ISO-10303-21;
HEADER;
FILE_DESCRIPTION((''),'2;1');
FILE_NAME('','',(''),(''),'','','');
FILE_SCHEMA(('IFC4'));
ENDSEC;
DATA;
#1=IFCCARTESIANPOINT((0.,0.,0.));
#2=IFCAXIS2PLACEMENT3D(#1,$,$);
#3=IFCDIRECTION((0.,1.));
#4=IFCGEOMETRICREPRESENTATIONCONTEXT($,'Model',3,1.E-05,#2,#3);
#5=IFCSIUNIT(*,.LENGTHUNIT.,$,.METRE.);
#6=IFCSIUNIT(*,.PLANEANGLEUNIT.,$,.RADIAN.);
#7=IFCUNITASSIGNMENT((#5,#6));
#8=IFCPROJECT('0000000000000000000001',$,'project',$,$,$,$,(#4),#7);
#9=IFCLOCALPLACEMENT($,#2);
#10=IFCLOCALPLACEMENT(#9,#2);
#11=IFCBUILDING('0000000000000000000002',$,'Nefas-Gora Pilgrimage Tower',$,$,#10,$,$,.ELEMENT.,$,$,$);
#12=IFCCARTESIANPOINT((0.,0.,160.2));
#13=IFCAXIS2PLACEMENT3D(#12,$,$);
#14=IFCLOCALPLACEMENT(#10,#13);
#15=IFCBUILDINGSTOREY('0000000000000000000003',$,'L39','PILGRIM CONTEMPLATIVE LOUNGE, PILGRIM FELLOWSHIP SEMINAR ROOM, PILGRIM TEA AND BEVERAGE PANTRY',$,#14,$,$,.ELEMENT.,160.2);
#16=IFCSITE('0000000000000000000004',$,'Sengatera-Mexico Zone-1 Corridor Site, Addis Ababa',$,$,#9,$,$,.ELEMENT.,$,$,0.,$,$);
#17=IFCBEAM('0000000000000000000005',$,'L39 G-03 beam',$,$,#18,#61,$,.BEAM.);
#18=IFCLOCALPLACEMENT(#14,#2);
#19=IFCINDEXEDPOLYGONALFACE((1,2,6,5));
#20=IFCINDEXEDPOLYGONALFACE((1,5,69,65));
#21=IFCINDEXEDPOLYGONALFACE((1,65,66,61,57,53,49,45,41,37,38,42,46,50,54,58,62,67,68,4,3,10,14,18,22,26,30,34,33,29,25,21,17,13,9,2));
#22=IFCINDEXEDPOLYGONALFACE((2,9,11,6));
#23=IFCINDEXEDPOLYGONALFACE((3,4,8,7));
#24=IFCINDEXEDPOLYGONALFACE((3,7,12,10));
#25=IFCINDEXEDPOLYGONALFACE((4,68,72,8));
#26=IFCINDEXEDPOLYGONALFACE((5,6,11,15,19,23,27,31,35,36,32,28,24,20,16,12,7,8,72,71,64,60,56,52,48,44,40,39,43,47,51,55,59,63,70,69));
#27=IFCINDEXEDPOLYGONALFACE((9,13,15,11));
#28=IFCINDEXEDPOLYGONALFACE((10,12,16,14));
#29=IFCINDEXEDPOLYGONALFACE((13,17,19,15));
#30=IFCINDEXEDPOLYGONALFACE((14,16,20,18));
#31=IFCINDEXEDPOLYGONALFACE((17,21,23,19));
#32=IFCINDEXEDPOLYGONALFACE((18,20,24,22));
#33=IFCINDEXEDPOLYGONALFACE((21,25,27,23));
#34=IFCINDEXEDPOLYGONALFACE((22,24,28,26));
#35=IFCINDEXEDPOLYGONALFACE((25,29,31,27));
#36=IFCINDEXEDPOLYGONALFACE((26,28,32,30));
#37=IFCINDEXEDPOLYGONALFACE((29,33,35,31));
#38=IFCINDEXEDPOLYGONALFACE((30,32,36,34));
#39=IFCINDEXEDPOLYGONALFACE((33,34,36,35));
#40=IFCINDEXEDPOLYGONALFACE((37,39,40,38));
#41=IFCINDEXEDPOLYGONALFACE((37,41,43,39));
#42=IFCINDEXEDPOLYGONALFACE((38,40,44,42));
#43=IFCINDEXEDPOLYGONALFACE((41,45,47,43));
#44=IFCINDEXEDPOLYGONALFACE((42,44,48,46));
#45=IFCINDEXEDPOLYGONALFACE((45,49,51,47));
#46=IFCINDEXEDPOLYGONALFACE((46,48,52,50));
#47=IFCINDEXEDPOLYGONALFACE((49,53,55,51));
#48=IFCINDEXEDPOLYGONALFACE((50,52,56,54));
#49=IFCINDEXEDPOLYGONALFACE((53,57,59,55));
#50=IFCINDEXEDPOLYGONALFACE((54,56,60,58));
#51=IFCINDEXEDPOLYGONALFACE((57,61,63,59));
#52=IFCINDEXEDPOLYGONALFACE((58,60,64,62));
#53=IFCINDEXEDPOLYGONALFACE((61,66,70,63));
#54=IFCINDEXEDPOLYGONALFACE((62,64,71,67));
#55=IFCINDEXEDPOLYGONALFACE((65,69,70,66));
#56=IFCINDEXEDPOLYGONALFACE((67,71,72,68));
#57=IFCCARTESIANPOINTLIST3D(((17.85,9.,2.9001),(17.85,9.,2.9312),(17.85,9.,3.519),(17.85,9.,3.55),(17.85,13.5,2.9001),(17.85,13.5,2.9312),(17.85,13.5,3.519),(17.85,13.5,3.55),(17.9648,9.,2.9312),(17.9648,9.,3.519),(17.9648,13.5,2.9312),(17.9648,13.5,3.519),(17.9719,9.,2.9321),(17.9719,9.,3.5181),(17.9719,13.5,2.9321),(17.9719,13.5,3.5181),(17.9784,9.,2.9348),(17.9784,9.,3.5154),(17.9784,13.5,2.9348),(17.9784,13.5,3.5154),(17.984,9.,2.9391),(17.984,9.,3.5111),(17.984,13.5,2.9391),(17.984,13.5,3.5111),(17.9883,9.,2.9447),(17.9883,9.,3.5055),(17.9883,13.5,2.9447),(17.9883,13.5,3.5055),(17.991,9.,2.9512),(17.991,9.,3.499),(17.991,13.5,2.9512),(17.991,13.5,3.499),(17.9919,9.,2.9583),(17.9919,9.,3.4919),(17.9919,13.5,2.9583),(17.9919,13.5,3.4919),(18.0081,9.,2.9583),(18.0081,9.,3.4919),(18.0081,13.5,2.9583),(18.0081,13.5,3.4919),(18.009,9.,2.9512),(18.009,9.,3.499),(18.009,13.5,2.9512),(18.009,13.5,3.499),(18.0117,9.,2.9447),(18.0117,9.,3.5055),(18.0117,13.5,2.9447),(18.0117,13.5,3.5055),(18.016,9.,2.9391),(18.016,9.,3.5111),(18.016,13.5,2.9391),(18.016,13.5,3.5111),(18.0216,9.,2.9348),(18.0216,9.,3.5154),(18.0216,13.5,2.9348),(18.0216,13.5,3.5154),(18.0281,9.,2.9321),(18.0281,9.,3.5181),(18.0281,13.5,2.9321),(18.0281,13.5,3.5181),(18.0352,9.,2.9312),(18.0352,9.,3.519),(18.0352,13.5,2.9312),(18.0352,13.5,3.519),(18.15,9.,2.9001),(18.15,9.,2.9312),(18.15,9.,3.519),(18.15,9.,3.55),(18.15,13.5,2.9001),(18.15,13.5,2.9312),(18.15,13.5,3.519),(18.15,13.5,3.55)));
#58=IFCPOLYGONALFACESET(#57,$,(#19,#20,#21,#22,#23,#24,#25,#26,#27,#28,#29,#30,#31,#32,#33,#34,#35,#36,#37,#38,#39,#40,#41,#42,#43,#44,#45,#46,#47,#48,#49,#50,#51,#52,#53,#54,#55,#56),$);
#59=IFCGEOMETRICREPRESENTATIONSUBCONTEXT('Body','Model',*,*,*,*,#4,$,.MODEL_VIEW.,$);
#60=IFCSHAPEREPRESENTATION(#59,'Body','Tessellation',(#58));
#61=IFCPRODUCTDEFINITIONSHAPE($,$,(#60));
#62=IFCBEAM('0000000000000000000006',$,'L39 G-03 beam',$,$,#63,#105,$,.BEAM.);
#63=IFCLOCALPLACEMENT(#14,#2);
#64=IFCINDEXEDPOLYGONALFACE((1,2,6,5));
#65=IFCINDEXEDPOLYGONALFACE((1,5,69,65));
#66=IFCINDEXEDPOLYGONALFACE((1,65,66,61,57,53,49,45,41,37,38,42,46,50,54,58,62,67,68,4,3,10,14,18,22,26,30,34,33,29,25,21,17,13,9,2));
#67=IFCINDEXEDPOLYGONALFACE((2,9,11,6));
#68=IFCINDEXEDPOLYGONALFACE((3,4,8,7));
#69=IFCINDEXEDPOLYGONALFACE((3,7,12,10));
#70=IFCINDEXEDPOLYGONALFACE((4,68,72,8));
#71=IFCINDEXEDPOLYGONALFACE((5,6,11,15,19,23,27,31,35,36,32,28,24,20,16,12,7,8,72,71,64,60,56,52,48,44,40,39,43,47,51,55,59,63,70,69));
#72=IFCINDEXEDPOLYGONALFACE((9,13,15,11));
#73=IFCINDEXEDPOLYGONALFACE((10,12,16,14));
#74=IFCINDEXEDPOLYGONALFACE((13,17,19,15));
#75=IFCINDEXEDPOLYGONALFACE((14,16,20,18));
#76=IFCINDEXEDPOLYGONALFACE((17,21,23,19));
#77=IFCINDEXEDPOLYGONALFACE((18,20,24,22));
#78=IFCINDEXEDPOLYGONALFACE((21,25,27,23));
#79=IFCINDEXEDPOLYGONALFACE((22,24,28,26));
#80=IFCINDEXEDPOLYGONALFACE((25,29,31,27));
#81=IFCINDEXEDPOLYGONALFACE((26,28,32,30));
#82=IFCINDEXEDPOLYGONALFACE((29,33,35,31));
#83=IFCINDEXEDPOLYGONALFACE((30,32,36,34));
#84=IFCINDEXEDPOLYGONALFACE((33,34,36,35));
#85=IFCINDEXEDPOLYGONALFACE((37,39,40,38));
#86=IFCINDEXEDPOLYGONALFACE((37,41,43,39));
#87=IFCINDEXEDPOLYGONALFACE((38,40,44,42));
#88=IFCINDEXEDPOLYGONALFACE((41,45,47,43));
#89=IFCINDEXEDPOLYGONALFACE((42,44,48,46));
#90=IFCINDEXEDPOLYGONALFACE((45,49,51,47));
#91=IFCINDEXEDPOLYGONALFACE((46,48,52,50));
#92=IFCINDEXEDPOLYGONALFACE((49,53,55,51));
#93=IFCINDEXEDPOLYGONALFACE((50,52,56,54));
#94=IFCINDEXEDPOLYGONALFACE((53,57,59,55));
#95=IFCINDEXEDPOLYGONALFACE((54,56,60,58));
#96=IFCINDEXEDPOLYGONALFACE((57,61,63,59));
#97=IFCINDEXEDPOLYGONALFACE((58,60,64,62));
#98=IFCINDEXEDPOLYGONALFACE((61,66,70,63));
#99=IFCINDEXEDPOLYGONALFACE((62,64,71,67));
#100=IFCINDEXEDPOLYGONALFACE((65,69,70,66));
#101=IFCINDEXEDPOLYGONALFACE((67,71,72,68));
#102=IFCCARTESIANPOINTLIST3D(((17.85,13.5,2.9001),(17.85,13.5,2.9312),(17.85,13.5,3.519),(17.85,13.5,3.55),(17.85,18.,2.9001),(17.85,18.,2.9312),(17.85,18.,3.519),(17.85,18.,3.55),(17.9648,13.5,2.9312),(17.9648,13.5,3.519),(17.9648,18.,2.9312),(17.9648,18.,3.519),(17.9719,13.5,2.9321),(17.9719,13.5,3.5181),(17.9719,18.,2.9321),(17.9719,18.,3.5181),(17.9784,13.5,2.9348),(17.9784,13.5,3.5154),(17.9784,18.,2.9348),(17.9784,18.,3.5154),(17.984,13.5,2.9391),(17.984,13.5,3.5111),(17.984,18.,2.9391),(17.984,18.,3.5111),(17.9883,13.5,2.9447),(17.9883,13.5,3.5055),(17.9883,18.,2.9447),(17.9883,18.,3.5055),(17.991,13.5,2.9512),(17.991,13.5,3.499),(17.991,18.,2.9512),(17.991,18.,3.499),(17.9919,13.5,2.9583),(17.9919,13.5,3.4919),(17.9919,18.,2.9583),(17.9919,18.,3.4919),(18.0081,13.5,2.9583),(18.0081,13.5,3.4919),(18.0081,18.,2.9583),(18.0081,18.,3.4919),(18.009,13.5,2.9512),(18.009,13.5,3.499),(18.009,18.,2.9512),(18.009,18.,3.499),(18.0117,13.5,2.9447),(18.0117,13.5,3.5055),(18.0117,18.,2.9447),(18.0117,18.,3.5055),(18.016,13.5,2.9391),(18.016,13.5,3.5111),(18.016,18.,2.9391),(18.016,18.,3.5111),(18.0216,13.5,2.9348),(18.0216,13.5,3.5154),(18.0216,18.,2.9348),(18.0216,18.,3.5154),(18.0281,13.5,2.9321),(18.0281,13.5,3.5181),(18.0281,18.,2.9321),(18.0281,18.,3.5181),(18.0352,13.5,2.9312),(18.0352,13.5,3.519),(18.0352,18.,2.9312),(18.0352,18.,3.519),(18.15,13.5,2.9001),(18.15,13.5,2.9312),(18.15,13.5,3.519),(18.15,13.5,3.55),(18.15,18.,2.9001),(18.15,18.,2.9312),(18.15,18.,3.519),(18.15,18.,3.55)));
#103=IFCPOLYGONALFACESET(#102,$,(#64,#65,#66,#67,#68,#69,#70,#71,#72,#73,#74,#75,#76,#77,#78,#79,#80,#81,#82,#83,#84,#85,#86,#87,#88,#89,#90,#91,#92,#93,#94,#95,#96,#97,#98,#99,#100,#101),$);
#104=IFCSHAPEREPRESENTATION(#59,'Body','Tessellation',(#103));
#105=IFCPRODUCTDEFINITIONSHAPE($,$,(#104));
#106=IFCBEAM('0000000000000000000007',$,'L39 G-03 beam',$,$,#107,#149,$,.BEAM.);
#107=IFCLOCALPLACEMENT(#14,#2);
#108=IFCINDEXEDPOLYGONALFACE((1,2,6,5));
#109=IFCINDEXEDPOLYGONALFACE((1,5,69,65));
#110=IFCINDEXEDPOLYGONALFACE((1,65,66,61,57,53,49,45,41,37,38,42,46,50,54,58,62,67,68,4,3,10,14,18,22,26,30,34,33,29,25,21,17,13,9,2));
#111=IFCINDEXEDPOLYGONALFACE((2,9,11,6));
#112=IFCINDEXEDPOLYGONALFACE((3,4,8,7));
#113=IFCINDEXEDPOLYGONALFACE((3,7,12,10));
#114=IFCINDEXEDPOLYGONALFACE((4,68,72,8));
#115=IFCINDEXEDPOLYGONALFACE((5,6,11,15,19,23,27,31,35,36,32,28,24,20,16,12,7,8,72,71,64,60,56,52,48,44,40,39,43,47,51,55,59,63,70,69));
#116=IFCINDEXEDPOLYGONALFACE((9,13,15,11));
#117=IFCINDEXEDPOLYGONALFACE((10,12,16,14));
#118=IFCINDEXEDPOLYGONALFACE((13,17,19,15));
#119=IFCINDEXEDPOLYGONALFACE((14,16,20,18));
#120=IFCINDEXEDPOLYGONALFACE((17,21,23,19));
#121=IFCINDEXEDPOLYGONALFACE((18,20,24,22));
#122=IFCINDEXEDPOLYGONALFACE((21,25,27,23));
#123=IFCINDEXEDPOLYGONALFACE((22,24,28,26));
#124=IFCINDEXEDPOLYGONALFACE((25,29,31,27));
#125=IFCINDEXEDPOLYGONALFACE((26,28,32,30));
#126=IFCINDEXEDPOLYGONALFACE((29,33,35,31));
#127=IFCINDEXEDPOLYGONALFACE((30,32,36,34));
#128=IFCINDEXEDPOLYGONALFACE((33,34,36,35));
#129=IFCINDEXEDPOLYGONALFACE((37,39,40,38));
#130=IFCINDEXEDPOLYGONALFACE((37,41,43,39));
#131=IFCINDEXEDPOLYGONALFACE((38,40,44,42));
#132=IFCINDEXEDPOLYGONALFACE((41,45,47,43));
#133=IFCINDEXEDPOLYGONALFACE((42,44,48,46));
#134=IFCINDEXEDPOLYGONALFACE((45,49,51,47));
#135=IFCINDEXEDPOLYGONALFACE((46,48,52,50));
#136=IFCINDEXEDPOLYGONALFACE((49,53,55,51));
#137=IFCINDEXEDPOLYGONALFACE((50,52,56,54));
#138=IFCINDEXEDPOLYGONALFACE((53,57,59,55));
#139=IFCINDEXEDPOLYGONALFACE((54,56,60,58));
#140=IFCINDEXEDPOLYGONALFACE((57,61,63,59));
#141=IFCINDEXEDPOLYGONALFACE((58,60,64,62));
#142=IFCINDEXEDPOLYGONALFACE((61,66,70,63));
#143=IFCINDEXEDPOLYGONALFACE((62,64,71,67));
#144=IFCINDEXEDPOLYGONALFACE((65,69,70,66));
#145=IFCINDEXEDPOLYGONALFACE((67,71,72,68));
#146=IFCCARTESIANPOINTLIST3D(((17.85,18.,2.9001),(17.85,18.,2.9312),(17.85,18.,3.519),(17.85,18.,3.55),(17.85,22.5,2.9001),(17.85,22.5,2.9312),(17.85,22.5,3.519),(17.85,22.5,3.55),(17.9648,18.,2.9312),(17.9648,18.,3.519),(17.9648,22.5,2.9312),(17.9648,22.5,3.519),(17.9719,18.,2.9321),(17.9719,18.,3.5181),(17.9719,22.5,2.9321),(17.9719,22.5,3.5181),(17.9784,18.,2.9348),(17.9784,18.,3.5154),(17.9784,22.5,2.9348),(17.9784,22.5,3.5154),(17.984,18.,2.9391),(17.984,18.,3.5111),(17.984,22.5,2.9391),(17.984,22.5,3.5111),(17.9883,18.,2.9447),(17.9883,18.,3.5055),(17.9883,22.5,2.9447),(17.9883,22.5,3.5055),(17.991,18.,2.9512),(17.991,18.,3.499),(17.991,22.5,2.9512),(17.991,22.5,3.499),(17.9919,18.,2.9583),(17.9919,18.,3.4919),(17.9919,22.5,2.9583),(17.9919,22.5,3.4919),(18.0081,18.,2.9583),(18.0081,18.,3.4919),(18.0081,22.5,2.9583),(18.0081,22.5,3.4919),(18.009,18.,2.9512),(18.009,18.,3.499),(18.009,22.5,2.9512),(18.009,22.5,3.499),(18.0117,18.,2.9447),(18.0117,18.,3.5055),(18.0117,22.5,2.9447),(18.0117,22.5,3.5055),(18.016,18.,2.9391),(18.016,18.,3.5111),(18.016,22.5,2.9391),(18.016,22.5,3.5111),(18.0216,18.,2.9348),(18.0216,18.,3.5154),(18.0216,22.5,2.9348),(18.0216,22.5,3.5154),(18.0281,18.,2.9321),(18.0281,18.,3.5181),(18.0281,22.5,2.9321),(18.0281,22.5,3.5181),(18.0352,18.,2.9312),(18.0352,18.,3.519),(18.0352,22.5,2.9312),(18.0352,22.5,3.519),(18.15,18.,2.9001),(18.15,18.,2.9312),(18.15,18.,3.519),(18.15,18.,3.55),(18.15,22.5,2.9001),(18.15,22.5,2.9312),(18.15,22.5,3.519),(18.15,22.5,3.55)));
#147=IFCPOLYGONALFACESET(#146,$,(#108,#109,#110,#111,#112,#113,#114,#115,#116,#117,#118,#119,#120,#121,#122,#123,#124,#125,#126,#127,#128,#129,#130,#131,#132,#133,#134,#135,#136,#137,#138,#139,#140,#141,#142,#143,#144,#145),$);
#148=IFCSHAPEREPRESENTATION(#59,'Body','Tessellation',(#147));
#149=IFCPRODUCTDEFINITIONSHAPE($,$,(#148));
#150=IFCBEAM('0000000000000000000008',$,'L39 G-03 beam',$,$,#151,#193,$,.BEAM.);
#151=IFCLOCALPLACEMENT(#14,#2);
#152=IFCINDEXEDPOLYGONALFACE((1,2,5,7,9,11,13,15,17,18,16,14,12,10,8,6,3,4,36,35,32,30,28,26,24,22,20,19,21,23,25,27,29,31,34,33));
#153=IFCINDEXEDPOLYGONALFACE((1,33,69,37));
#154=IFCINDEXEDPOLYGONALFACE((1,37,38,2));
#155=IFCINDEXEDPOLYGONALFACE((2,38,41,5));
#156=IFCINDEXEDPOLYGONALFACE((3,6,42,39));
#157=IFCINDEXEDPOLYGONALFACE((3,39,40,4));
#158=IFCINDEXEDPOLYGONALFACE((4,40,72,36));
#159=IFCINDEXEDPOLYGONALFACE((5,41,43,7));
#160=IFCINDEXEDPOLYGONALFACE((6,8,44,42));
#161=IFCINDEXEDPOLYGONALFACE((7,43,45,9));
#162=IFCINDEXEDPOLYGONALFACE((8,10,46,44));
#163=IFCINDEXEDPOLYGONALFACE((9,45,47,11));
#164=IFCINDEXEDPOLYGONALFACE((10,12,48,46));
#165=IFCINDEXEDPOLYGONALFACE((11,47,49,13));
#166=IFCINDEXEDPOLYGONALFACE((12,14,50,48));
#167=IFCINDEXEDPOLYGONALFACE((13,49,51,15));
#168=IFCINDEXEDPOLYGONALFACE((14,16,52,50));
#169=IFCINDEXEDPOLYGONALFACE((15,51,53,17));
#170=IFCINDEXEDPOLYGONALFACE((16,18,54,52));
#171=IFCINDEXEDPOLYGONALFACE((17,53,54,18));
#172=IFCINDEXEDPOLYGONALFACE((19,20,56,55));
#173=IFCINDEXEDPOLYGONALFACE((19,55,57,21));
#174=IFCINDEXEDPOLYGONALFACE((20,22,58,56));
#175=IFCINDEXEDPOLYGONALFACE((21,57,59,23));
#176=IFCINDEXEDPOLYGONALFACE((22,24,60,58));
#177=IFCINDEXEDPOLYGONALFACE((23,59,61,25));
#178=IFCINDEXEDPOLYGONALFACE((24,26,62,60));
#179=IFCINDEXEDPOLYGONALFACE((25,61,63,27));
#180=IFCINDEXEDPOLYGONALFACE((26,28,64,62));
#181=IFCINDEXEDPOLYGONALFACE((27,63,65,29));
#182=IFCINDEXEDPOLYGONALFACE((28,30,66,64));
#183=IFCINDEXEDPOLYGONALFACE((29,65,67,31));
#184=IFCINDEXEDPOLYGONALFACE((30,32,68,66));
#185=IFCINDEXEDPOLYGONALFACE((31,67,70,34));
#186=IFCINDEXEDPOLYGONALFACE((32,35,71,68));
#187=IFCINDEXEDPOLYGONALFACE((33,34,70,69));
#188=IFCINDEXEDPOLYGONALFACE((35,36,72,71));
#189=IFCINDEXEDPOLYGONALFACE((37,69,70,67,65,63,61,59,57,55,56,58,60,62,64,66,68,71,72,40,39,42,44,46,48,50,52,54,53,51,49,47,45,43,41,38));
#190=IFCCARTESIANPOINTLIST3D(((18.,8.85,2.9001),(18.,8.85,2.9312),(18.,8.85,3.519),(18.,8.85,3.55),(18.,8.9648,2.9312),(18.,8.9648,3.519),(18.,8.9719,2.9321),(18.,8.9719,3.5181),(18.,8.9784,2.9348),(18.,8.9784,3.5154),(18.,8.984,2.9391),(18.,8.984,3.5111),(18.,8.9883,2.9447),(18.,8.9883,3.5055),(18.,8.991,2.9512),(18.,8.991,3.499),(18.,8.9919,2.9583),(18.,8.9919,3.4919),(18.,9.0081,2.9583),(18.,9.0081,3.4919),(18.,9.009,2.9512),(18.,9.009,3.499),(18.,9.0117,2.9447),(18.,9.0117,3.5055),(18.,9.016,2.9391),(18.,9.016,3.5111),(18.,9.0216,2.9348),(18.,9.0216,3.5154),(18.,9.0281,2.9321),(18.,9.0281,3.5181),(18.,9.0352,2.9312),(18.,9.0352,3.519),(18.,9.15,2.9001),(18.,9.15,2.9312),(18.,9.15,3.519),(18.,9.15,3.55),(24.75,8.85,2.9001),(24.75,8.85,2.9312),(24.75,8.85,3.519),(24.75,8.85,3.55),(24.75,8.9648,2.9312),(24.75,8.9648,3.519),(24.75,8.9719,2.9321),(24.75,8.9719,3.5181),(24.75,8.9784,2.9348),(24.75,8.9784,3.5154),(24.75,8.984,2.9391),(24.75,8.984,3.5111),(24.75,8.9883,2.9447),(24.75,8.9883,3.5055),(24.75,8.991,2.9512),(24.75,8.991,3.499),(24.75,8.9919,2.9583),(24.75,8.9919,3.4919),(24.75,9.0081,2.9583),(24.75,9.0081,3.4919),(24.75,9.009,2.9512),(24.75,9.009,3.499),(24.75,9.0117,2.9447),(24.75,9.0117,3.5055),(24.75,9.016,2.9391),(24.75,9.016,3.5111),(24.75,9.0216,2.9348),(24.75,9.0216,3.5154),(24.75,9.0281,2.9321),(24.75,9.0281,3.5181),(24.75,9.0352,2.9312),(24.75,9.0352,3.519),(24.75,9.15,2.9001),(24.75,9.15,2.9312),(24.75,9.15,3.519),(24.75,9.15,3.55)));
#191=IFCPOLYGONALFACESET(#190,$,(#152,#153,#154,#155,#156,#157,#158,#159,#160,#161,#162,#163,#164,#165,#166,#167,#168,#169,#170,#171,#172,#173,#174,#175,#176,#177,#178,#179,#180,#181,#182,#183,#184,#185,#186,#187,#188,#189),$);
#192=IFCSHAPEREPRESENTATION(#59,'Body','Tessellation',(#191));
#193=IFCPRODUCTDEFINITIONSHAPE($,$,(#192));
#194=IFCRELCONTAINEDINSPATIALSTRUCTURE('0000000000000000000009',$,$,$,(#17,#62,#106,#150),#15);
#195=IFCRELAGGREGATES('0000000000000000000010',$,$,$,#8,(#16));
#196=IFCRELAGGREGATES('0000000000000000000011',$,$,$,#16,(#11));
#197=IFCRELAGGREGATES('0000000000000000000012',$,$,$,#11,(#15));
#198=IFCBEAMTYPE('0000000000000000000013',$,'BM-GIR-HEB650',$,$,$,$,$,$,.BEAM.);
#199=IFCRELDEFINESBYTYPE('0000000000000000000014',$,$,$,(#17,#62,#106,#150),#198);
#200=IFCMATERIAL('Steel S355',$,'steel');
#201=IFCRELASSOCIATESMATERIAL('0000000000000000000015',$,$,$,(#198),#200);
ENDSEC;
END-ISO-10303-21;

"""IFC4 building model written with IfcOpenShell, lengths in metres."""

from ifc_helpers import new_model, si_unit, direction, frame, origin, origin_2d, place, context, subcontext, project, spatial, i_section, extrude, source, transform, mapped, material, material_profile, profile_set, type_object, element, save


model = new_model("IFC4")

# Units and contexts
model_context = context("Model", 3, precision=1e-05, world=origin(), true_north=direction((0.0, 1.0)))
body_context = subcontext(model_context, "Body", "Model", "MODEL_VIEW")
ifc_project = project(units=[si_unit("LENGTHUNIT", "METRE"), si_unit("PLANEANGLEUNIT", "RADIAN")], contexts=[model_context])

# Site, building, storey
site_placement = place(None, origin())
site = spatial("IfcSite", under=ifc_project, at=site_placement, Name="Sengatera-Mexico Zone-1 Corridor Site, Addis Ababa", CompositionType="ELEMENT", RefElevation=0.0)
building_placement = place(site_placement, origin())
building = spatial("IfcBuilding", under=site, at=building_placement, Name="Nefas-Gora Pilgrimage Tower", CompositionType="ELEMENT")
storey_placement = place(building_placement, frame((0.0, 0.0, 160.2)))
storey = spatial("IfcBuildingStorey", under=building, at=storey_placement, Name="L39", Description="PILGRIM CONTEMPLATIVE LOUNGE, PILGRIM FELLOWSHIP SEMINAR ROOM, PILGRIM TEA AND BEVERAGE PANTRY", CompositionType="ELEMENT", Elevation=160.2)

# Beams
ifc_material_1 = material(Name="Steel S355", Category="steel")
ifc_material_profile_1 = material_profile(ifc_material_1, i_section(OverallWidth=0.3, OverallDepth=0.6499, WebThickness=0.0161, FlangeThickness=0.031, FilletRadius=0.0271, at=origin_2d()), Name="HEB 650")
ifc_profile_set_1 = profile_set([ifc_material_profile_1], Name="Steel S355")
beam_type_1 = type_object("IfcBeamType", Name="BM-GIR-HEB650", PredefinedType="BEAM", material=ifc_profile_set_1)
shared_shape_1 = source(origin(), body_context, "Body", "SweptSolid", [
    extrude(i_section(OverallWidth=0.3, OverallDepth=0.6499, WebThickness=0.0161, FlangeThickness=0.031, FilletRadius=0.0271, at=origin_2d()), origin(), (0.0, 0.0, 1.0), 4.5),
])
for number, where, z_axis, x_axis, name in (
    (1, (18.0, 9.0, 3.2251), (0.0, 1.0, 0.0), (-1.0, 0.0, 0.0), "L39 G-03 beam"),
    (2, (18.0, 13.5, 3.2251), (0.0, 1.0, 0.0), (-1.0, 0.0, 0.0), "L39 G-03 beam"),
    (3, (18.0, 18.0, 3.2251), (0.0, 1.0, 0.0), (-1.0, 0.0, 0.0), "L39 G-03 beam"),
):
    element("IfcBeam", number, at=place(storey_placement, frame(where, z_axis=z_axis, x_axis=x_axis)), inside=storey, type_object=beam_type_1, Name=name, PredefinedType="BEAM", context=body_context, shape_type="MappedRepresentation", body=[
        mapped(shared_shape_1, transform((0.0, 0.0, 0.0), x_axis=(1.0, 0.0, 0.0), y_axis=(0.0, 1.0, 0.0), z_axis=(0.0, 0.0, 1.0), scale=1.0)),
    ])
shared_shape_2 = source(origin(), body_context, "Body", "SweptSolid", [
    extrude(i_section(OverallWidth=0.3, OverallDepth=0.6499, WebThickness=0.0161, FlangeThickness=0.031, FilletRadius=0.0271, at=origin_2d()), origin(), (0.0, 0.0, 1.0), 6.75),
])
for number, where, z_axis, x_axis, name in (
    (4, (18.0, 9.0, 3.2251), (1.0, 0.0, 0.0), (0.0, 1.0, 0.0), "L39 G-03 beam"),
):
    element("IfcBeam", number, at=place(storey_placement, frame(where, z_axis=z_axis, x_axis=x_axis)), inside=storey, type_object=beam_type_1, Name=name, PredefinedType="BEAM", context=body_context, shape_type="MappedRepresentation", body=[
        mapped(shared_shape_2, transform((0.0, 0.0, 0.0), x_axis=(1.0, 0.0, 0.0), y_axis=(0.0, 1.0, 0.0), z_axis=(0.0, 0.0, 1.0), scale=1.0)),
    ])

save(model, "model.ifc")
